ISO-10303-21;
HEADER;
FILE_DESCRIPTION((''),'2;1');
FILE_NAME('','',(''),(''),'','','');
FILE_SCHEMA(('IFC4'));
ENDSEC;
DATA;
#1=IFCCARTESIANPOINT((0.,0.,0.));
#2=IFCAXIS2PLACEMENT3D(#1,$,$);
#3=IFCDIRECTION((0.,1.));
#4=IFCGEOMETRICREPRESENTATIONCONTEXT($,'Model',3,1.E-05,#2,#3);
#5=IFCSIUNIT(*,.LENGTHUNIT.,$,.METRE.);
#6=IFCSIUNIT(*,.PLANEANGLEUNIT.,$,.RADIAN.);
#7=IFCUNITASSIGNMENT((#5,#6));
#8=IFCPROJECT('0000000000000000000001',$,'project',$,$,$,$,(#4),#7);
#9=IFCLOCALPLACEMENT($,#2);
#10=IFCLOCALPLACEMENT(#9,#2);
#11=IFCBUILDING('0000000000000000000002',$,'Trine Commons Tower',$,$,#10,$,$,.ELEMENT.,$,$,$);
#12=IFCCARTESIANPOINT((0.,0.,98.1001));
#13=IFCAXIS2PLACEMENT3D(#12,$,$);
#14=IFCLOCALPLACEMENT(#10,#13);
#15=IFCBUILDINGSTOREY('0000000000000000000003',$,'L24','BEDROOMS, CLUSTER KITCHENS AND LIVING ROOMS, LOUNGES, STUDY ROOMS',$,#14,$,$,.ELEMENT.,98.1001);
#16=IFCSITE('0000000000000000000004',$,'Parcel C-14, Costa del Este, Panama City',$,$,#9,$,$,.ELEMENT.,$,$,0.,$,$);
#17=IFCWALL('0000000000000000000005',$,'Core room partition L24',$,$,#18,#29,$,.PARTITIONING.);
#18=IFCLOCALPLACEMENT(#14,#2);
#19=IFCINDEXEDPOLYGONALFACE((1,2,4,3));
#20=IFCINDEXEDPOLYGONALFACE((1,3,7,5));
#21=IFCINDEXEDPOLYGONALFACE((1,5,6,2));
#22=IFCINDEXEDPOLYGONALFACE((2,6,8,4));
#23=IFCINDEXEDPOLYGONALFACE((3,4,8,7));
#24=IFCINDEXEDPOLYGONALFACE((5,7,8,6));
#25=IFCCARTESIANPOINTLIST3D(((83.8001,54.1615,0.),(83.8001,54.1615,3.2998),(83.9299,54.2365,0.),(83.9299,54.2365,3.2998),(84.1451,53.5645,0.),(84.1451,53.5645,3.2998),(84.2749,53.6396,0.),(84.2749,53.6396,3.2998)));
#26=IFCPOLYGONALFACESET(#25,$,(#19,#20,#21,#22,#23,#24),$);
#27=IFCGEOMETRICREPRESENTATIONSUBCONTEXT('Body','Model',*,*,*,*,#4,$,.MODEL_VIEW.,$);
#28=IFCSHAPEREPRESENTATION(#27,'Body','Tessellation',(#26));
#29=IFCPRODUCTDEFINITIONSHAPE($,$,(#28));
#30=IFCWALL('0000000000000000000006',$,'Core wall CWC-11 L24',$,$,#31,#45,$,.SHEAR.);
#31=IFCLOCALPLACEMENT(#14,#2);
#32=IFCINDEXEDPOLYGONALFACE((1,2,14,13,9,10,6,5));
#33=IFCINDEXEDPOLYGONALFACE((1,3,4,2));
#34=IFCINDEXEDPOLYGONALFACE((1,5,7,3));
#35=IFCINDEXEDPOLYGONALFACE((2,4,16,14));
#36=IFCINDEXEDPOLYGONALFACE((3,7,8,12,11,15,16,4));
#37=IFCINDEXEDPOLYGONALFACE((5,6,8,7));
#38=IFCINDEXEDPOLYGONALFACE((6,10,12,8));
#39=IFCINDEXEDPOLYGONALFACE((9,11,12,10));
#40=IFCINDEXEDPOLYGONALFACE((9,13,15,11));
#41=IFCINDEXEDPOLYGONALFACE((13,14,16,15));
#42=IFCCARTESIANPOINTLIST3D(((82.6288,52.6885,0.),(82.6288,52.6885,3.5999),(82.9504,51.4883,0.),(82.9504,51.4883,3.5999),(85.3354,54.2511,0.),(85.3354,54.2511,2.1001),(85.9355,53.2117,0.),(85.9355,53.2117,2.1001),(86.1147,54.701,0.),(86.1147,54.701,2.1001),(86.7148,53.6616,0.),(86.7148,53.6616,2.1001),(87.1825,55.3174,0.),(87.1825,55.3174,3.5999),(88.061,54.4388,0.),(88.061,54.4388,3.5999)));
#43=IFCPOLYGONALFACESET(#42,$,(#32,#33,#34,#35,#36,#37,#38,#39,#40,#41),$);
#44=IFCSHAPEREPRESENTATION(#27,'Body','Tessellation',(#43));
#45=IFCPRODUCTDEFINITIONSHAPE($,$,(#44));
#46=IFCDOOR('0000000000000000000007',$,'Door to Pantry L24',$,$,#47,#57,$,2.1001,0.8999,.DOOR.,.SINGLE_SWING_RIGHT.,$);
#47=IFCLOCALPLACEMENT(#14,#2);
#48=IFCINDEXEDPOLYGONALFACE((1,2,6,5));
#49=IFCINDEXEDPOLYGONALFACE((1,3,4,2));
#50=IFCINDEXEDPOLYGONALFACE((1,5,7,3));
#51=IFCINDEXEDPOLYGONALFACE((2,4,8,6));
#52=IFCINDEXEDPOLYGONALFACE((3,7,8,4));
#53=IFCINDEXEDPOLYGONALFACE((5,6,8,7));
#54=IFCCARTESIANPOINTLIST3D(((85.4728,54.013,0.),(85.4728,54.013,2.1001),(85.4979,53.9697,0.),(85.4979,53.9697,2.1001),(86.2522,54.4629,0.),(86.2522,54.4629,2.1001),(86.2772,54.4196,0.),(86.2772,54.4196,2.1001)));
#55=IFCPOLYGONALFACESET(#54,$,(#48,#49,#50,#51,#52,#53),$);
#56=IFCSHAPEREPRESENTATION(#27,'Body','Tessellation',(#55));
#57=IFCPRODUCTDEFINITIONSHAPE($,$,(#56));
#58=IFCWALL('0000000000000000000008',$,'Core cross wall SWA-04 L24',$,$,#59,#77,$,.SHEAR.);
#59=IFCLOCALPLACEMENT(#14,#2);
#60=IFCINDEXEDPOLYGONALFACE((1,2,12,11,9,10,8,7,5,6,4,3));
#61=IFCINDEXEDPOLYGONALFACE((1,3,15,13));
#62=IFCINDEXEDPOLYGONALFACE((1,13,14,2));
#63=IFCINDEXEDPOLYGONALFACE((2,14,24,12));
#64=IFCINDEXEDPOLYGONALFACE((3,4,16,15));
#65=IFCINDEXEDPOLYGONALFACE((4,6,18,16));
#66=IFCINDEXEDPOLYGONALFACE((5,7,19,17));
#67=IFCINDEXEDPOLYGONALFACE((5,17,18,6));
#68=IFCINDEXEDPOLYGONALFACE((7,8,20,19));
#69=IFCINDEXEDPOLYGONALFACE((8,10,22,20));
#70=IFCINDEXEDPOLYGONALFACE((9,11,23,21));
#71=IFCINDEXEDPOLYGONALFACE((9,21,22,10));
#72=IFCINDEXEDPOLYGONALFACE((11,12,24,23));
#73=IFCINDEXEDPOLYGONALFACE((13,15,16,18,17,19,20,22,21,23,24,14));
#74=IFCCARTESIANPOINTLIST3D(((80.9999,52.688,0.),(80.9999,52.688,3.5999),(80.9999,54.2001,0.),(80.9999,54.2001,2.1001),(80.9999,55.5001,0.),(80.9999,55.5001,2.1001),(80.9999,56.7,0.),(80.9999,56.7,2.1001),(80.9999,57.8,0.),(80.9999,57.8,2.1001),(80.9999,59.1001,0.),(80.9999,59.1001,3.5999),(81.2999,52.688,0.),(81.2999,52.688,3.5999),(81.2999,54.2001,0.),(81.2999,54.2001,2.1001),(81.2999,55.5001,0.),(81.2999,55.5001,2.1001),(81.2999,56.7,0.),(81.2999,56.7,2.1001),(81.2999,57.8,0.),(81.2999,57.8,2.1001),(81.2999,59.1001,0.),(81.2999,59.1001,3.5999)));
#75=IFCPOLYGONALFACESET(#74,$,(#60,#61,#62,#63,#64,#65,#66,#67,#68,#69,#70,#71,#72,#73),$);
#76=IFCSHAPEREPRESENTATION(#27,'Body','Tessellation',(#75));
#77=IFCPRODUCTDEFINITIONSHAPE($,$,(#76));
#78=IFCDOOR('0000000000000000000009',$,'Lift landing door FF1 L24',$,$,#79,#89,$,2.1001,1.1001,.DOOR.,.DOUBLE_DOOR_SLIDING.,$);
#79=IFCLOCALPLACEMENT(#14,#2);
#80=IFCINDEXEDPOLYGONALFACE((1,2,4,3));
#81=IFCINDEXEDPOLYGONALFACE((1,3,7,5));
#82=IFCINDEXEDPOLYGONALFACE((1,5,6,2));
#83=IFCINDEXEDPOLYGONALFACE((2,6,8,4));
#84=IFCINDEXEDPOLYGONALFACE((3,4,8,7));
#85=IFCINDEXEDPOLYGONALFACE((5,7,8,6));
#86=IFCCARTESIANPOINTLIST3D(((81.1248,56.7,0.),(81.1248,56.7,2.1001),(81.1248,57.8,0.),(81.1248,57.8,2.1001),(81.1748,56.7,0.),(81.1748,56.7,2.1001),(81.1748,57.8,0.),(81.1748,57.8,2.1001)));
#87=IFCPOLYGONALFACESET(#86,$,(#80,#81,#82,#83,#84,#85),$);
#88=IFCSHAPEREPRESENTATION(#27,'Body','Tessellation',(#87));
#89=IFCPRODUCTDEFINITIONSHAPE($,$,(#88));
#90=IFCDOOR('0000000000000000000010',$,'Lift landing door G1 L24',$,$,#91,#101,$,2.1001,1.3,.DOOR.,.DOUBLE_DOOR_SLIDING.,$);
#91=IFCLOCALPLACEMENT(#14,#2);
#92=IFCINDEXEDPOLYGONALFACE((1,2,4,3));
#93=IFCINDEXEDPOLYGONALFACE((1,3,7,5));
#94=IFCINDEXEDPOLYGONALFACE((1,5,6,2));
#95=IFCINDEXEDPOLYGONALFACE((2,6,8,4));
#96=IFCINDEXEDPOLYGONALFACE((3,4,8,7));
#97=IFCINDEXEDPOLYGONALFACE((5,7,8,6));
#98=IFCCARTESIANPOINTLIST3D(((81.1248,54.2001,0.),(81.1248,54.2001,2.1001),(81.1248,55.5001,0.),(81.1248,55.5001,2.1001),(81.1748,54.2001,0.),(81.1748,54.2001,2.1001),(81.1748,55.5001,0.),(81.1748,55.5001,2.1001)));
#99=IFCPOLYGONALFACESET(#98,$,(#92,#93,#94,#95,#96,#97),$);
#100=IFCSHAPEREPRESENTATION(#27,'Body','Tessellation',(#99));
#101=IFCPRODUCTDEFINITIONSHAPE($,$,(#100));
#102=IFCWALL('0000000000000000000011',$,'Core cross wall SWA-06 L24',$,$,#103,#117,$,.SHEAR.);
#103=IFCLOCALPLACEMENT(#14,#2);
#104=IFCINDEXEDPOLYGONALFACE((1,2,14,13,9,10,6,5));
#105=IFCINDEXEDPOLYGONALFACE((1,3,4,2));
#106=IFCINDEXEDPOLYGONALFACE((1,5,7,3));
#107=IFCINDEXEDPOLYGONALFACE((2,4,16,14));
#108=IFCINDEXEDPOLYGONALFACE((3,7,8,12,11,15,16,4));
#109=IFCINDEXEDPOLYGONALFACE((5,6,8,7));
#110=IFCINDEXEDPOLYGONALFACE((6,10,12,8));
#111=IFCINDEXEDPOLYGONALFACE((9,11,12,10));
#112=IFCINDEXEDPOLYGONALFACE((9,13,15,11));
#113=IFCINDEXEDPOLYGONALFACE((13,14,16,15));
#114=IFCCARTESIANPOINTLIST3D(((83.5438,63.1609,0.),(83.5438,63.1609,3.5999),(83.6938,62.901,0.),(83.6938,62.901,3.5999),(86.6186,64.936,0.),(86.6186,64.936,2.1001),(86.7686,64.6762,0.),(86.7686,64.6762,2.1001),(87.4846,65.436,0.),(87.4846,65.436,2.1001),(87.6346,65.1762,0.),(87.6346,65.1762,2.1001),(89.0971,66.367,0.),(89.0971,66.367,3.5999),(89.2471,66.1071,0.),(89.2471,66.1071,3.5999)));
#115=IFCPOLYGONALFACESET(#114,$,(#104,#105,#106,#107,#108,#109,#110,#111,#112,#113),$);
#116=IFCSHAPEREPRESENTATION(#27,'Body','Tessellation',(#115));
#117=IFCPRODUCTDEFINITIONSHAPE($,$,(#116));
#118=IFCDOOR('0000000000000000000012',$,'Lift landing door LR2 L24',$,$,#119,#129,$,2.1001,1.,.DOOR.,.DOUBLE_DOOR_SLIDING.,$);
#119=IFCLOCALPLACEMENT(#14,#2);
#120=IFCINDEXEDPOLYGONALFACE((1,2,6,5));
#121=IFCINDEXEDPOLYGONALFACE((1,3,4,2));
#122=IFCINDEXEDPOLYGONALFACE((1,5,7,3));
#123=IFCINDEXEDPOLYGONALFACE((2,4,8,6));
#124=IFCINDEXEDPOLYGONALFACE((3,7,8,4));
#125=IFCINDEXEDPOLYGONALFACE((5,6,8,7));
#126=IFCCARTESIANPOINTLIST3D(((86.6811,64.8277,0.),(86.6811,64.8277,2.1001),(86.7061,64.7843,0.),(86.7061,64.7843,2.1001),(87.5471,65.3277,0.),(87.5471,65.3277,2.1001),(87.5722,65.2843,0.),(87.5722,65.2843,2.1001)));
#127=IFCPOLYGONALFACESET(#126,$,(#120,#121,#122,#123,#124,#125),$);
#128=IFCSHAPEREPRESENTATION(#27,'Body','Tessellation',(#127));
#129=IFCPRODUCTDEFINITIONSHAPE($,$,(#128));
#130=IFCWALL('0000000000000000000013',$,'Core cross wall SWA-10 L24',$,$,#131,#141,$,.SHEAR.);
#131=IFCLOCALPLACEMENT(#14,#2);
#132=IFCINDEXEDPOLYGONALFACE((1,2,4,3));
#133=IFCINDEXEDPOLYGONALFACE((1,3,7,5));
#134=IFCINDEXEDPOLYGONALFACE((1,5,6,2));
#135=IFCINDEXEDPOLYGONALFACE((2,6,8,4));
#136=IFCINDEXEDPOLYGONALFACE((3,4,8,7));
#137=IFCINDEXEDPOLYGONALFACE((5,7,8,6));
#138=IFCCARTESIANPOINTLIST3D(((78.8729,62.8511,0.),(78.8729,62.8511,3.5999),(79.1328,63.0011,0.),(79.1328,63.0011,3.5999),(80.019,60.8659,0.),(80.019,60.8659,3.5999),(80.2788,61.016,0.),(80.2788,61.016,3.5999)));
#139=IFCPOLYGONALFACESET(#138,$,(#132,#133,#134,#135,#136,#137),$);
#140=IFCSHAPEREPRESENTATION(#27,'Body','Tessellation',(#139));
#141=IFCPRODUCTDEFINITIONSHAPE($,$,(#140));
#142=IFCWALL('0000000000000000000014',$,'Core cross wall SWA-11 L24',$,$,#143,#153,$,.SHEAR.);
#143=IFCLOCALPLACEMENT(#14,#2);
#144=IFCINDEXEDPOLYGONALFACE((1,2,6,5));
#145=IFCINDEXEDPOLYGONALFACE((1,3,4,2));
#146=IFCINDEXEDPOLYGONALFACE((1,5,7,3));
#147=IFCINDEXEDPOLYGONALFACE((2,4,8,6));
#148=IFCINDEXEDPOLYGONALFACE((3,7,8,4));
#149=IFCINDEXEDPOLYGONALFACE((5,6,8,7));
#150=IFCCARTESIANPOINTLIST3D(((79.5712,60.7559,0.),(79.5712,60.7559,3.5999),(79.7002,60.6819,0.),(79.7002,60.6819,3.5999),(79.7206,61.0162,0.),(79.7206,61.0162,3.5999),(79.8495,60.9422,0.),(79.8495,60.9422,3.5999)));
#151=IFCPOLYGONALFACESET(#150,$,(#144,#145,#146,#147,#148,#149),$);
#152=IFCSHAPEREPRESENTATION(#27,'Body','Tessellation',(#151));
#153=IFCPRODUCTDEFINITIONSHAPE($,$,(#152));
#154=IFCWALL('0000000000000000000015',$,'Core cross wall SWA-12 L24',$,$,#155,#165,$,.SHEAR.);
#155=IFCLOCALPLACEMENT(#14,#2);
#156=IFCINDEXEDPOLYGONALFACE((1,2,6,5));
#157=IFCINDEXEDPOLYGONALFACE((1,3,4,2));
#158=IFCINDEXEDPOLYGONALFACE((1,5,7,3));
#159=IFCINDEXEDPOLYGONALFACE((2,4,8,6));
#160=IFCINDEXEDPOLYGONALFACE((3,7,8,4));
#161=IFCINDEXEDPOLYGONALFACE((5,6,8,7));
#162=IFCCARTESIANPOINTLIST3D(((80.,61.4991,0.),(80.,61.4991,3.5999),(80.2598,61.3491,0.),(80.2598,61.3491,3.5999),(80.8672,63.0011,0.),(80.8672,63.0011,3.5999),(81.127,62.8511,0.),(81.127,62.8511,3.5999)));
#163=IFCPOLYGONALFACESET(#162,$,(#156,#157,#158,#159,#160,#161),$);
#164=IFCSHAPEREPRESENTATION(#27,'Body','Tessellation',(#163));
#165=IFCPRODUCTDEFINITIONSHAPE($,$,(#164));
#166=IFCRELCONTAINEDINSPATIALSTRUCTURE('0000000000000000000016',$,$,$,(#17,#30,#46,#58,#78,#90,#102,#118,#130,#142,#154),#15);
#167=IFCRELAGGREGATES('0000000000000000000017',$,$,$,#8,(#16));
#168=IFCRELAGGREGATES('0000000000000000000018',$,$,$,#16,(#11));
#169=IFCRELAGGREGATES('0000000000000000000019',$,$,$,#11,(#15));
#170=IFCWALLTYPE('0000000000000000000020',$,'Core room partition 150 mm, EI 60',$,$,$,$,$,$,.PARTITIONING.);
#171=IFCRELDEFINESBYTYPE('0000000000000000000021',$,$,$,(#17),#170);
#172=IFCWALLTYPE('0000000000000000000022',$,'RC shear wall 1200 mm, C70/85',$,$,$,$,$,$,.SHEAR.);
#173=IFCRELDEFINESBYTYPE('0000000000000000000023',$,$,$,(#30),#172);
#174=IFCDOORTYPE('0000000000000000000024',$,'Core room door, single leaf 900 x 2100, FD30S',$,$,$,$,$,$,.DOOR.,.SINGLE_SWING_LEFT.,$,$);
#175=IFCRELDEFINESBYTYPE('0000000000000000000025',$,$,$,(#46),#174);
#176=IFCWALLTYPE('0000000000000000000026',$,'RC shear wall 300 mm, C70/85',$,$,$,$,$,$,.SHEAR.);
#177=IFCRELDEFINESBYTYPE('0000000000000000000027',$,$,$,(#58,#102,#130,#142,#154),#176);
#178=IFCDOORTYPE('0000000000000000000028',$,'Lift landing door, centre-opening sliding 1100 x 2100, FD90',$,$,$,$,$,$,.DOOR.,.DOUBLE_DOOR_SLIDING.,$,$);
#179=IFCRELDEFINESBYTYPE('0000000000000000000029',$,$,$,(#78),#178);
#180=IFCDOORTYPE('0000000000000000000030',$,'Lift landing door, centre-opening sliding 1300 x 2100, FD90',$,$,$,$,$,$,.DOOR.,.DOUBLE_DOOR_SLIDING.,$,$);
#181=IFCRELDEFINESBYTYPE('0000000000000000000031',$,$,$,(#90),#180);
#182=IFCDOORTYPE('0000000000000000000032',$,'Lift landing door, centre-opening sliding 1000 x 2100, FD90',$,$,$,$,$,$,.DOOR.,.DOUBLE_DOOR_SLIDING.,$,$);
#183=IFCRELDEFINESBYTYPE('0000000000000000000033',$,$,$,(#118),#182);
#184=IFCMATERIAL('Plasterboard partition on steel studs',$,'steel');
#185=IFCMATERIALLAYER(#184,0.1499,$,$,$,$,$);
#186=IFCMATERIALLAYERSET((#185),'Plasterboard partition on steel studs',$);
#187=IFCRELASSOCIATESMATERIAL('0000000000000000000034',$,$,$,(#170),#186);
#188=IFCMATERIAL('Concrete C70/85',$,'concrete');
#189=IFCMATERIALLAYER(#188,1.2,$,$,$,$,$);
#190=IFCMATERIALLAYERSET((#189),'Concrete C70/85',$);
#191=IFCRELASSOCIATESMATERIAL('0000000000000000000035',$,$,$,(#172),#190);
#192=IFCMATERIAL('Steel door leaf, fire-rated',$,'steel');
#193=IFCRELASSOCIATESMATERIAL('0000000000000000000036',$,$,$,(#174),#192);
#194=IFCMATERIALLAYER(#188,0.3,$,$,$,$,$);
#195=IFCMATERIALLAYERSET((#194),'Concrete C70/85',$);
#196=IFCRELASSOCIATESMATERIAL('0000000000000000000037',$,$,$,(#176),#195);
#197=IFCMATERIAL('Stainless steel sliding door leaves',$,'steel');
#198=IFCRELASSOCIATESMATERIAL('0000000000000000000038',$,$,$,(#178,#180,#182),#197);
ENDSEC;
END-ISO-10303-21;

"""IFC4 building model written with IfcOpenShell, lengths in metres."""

from ifc_helpers import new_model, si_unit, direction, frame, frame_2d, origin, place, context, subcontext, project, spatial, polyline, rectangle, outline, extrude, material, layer, layer_set, type_object, element, fill, save


model = new_model("IFC4")

# Units and contexts
model_context = context("Model", 3, precision=1e-05, world=origin(), true_north=direction((0.0, 1.0)))
body_context = subcontext(model_context, "Body", "Model", "MODEL_VIEW")
ifc_project = project(units=[si_unit("LENGTHUNIT", "METRE"), si_unit("PLANEANGLEUNIT", "RADIAN")], contexts=[model_context])

# Site, building, storey
site_placement = place(None, origin())
site = spatial("IfcSite", under=ifc_project, at=site_placement, Name="Parcel C-14, Costa del Este, Panama City", CompositionType="ELEMENT", RefElevation=0.0)
building_placement = place(site_placement, origin())
building = spatial("IfcBuilding", under=site, at=building_placement, Name="Trine Commons Tower", CompositionType="ELEMENT")
storey_placement = place(building_placement, frame((0.0, 0.0, 98.1001)))
storey = spatial("IfcBuildingStorey", under=building, at=storey_placement, Name="L24", Description="BEDROOMS, CLUSTER KITCHENS AND LIVING ROOMS, LOUNGES, STUDY ROOMS", CompositionType="ELEMENT", Elevation=98.1001)

# Wall
ifc_material_1 = material(Name="Plasterboard partition on steel studs", Category="steel")
ifc_layer_1 = layer(ifc_material_1, 0.1499)
ifc_layer_set_1 = layer_set([ifc_layer_1], Name="Plasterboard partition on steel studs")
wall_type_1 = type_object("IfcWallType", Name="Core room partition 150 mm, EI 60", PredefinedType="PARTITIONING", material=ifc_layer_set_1)
wall_1_placement = place(storey_placement, frame((84.21, 53.6021, 0.0), z_axis=(0.0, 0.0, 1.0), x_axis=(-0.500366, 0.865814, 0.0)))
element("IfcWall", 1, at=wall_1_placement, inside=storey, type_object=wall_type_1, Name="Core room partition L24", PredefinedType="PARTITIONING", context=body_context, shape_type="SweptSolid", body=[
    extrude(rectangle(XDim=0.6895, YDim=0.1499, at=frame_2d((0.3447, 0.0))), origin(), (0.0, 0.0, 1.0), 3.2998),
])

# Wall, opening, door
ifc_material_2 = material(Name="Concrete C70/85", Category="concrete")
ifc_layer_2 = layer(ifc_material_2, 1.2)
ifc_layer_set_2 = layer_set([ifc_layer_2], Name="Concrete C70/85")
wall_type_2 = type_object("IfcWallType", Name="RC shear wall 1200 mm, C70/85", PredefinedType="SHEAR", material=ifc_layer_set_2)
wall_2_placement = place(storey_placement, frame((82.6504, 52.0081, 0.0), z_axis=(0.0, 0.0, 1.0), x_axis=(0.866037, 0.499979, 0.0)))
wall_2 = element("IfcWall", 2, at=wall_2_placement, inside=storey, type_object=wall_type_2, Name="Core wall CWC-11 L24", PredefinedType="SHEAR", context=body_context, shape_type="SweptSolid", body=[
    extrude(outline(polyline([(0.0, -0.6001), (5.9011, -0.6001), (5.5796, 0.6001), (0.3215, 0.6001), (0.0, -0.6001)])), origin(), (0.0, 0.0, 1.0), 3.5999),
])
opening_1_placement = place(wall_2_placement, frame((3.4468, 0.0, 0.0)))
opening_1 = element("IfcOpeningElement", 3, at=opening_1_placement, cuts=wall_2, PredefinedType="OPENING", context=body_context, shape_type="SweptSolid", body=[
    extrude(rectangle(XDim=0.8999, YDim=2.1001, at=frame_2d((0.45, 1.05))), frame((0.0, 0.6099, 0.0), z_axis=(0.0, -1.0, 0.0), x_axis=(1.0, 0.0, 0.0)), (0.0, 0.0, 1.0), 1.22),
])
ifc_material_3 = material(Name="Steel door leaf, fire-rated", Category="steel")
door_type_1 = type_object("IfcDoorType", Name="Core room door, single leaf 900 x 2100, FD30S", OperationType="SINGLE_SWING_LEFT", PredefinedType="DOOR", material=ifc_material_3)
door_1_placement = place(opening_1_placement, origin())
door_1 = element("IfcDoor", 4, at=door_1_placement, inside=storey, type_object=door_type_1, Name="Door to Pantry L24", OperationType="SINGLE_SWING_RIGHT", OverallHeight=2.1001, OverallWidth=0.8999, PredefinedType="DOOR", context=body_context, shape_type="SweptSolid", body=[
    extrude(rectangle(XDim=0.8999, YDim=2.1001, at=frame_2d((0.45, 1.05))), frame((0.0, 0.3252, 0.0), z_axis=(0.0, -1.0, 0.0), x_axis=(1.0, 0.0, 0.0)), (0.0, 0.0, 1.0), 0.05),
])
fill(opening_1, door_1)

# Wall, openings, doors
ifc_layer_3 = layer(ifc_material_2, 0.3)
ifc_layer_set_3 = layer_set([ifc_layer_3], Name="Concrete C70/85")
wall_type_3 = type_object("IfcWallType", Name="RC shear wall 300 mm, C70/85", PredefinedType="SHEAR", material=ifc_layer_set_3)
wall_3_placement = place(storey_placement, frame((81.1499, 59.1001, 0.0), z_axis=(0.0, 0.0, 1.0), x_axis=(0.0, -1.0, 0.0)))
wall_3 = element("IfcWall", 5, at=wall_3_placement, inside=storey, type_object=wall_type_3, Name="Core cross wall SWA-04 L24", PredefinedType="SHEAR", context=body_context, shape_type="SweptSolid", body=[
    extrude(rectangle(XDim=6.4121, YDim=0.3, at=frame_2d((3.2061, 0.0))), origin(), (0.0, 0.0, 1.0), 3.5999),
])
opening_2_placement = place(wall_3_placement, frame((3.6001, 0.0, 0.0)))
opening_2 = element("IfcOpeningElement", 6, at=opening_2_placement, cuts=wall_3, PredefinedType="OPENING", context=body_context, shape_type="SweptSolid", body=[
    extrude(rectangle(XDim=1.3, YDim=2.1001, at=frame_2d((0.6499, 1.05))), frame((0.0, 0.1599, 0.0), z_axis=(0.0, -1.0, 0.0), x_axis=(1.0, 0.0, 0.0)), (0.0, 0.0, 1.0), 0.3201),
])
opening_3_placement = place(wall_3_placement, frame((1.3, 0.0, 0.0)))
opening_3 = element("IfcOpeningElement", 7, at=opening_3_placement, cuts=wall_3, PredefinedType="OPENING", context=body_context, shape_type="SweptSolid", body=[
    extrude(rectangle(XDim=1.1001, YDim=2.1001, at=frame_2d((0.55, 1.05))), frame((0.0, 0.1599, 0.0), z_axis=(0.0, -1.0, 0.0), x_axis=(1.0, 0.0, 0.0)), (0.0, 0.0, 1.0), 0.3201),
])
ifc_material_4 = material(Name="Stainless steel sliding door leaves", Category="steel")
door_type_2 = type_object("IfcDoorType", Name="Lift landing door, centre-opening sliding 1100 x 2100, FD90", OperationType="DOUBLE_DOOR_SLIDING", PredefinedType="DOOR", material=ifc_material_4)
door_2_placement = place(opening_3_placement, origin())
door_2 = element("IfcDoor", 8, at=door_2_placement, inside=storey, type_object=door_type_2, Name="Lift landing door FF1 L24", OperationType="DOUBLE_DOOR_SLIDING", OverallHeight=2.1001, OverallWidth=1.1001, PredefinedType="DOOR", context=body_context, shape_type="SweptSolid", body=[
    extrude(rectangle(XDim=1.1001, YDim=2.1001, at=frame_2d((0.55, 1.05))), frame((0.0, 0.0249, 0.0), z_axis=(0.0, -1.0, 0.0), x_axis=(1.0, 0.0, 0.0)), (0.0, 0.0, 1.0), 0.05),
])
fill(opening_3, door_2)
door_type_3 = type_object("IfcDoorType", Name="Lift landing door, centre-opening sliding 1300 x 2100, FD90", OperationType="DOUBLE_DOOR_SLIDING", PredefinedType="DOOR", material=ifc_material_4)
door_3_placement = place(opening_2_placement, origin())
door_3 = element("IfcDoor", 9, at=door_3_placement, inside=storey, type_object=door_type_3, Name="Lift landing door G1 L24", OperationType="DOUBLE_DOOR_SLIDING", OverallHeight=2.1001, OverallWidth=1.3, PredefinedType="DOOR", context=body_context, shape_type="SweptSolid", body=[
    extrude(rectangle(XDim=1.3, YDim=2.1001, at=frame_2d((0.6499, 1.05))), frame((0.0, 0.0249, 0.0), z_axis=(0.0, -1.0, 0.0), x_axis=(1.0, 0.0, 0.0)), (0.0, 0.0, 1.0), 0.05),
])
fill(opening_2, door_3)

# Wall, opening, door
wall_4_placement = place(storey_placement, frame((83.6189, 63.031, 0.0), z_axis=(0.0, 0.0, 1.0), x_axis=(0.866032, 0.499988, 0.0)))
wall_4 = element("IfcWall", 10, at=wall_4_placement, inside=storey, type_object=wall_type_3, Name="Core cross wall SWA-06 L24", PredefinedType="SHEAR", context=body_context, shape_type="SweptSolid", body=[
    extrude(rectangle(XDim=6.4124, YDim=0.3, at=frame_2d((3.2061, 0.0))), origin(), (0.0, 0.0, 1.0), 3.5999),
])
opening_4_placement = place(wall_4_placement, frame((3.5503, 0.0, 0.0)))
opening_4 = element("IfcOpeningElement", 11, at=opening_4_placement, cuts=wall_4, PredefinedType="OPENING", context=body_context, shape_type="SweptSolid", body=[
    extrude(rectangle(XDim=1.0, YDim=2.1001, at=frame_2d((0.5, 1.05))), frame((0.0, 0.1599, 0.0), z_axis=(0.0, -1.0, 0.0), x_axis=(1.0, 0.0, 0.0)), (0.0, 0.0, 1.0), 0.3201),
])
door_type_4 = type_object("IfcDoorType", Name="Lift landing door, centre-opening sliding 1000 x 2100, FD90", OperationType="DOUBLE_DOOR_SLIDING", PredefinedType="DOOR", material=ifc_material_4)
door_4_placement = place(opening_4_placement, origin())
door_4 = element("IfcDoor", 12, at=door_4_placement, inside=storey, type_object=door_type_4, Name="Lift landing door LR2 L24", OperationType="DOUBLE_DOOR_SLIDING", OverallHeight=2.1001, OverallWidth=1.0, PredefinedType="DOOR", context=body_context, shape_type="SweptSolid", body=[
    extrude(rectangle(XDim=1.0, YDim=2.1001, at=frame_2d((0.5, 1.05))), frame((0.0, 0.0249, 0.0), z_axis=(0.0, -1.0, 0.0), x_axis=(1.0, 0.0, 0.0)), (0.0, 0.0, 1.0), 0.05),
])
fill(opening_4, door_4)

# Walls
wall_5_placement = place(storey_placement, frame((79.0029, 62.926, 0.0), z_axis=(0.0, 0.0, 1.0), x_axis=(0.499965, -0.866045, 0.0)))
element("IfcWall", 13, at=wall_5_placement, inside=storey, type_object=wall_type_3, Name="Core cross wall SWA-10 L24", PredefinedType="SHEAR", context=body_context, shape_type="SweptSolid", body=[
    extrude(rectangle(XDim=2.2922, YDim=0.3, at=frame_2d((1.146, 0.0))), origin(), (0.0, 0.0, 1.0), 3.5999),
])
wall_6_placement = place(storey_placement, frame((79.646, 60.886, 0.0), z_axis=(0.0, 0.0, 1.0), x_axis=(0.867332, -0.49773, 0.0)))
element("IfcWall", 14, at=wall_6_placement, inside=storey, type_object=wall_type_3, Name="Core cross wall SWA-11 L24", PredefinedType="SHEAR", context=body_context, shape_type="SweptSolid", body=[
    extrude(rectangle(XDim=0.1487, YDim=0.3, at=frame_2d((0.0742, 0.0))), origin(), (0.0, 0.0, 1.0), 3.5999),
])
wall_7_placement = place(storey_placement, frame((80.1299, 61.4241, 0.0), z_axis=(0.0, 0.0, 1.0), x_axis=(0.500015, 0.866017, 0.0)))
element("IfcWall", 15, at=wall_7_placement, inside=storey, type_object=wall_type_3, Name="Core cross wall SWA-12 L24", PredefinedType="SHEAR", context=body_context, shape_type="SweptSolid", body=[
    extrude(rectangle(XDim=1.7344, YDim=0.3, at=frame_2d((0.8672, 0.0))), origin(), (0.0, 0.0, 1.0), 3.5999),
])

save(model, "model.ifc")
